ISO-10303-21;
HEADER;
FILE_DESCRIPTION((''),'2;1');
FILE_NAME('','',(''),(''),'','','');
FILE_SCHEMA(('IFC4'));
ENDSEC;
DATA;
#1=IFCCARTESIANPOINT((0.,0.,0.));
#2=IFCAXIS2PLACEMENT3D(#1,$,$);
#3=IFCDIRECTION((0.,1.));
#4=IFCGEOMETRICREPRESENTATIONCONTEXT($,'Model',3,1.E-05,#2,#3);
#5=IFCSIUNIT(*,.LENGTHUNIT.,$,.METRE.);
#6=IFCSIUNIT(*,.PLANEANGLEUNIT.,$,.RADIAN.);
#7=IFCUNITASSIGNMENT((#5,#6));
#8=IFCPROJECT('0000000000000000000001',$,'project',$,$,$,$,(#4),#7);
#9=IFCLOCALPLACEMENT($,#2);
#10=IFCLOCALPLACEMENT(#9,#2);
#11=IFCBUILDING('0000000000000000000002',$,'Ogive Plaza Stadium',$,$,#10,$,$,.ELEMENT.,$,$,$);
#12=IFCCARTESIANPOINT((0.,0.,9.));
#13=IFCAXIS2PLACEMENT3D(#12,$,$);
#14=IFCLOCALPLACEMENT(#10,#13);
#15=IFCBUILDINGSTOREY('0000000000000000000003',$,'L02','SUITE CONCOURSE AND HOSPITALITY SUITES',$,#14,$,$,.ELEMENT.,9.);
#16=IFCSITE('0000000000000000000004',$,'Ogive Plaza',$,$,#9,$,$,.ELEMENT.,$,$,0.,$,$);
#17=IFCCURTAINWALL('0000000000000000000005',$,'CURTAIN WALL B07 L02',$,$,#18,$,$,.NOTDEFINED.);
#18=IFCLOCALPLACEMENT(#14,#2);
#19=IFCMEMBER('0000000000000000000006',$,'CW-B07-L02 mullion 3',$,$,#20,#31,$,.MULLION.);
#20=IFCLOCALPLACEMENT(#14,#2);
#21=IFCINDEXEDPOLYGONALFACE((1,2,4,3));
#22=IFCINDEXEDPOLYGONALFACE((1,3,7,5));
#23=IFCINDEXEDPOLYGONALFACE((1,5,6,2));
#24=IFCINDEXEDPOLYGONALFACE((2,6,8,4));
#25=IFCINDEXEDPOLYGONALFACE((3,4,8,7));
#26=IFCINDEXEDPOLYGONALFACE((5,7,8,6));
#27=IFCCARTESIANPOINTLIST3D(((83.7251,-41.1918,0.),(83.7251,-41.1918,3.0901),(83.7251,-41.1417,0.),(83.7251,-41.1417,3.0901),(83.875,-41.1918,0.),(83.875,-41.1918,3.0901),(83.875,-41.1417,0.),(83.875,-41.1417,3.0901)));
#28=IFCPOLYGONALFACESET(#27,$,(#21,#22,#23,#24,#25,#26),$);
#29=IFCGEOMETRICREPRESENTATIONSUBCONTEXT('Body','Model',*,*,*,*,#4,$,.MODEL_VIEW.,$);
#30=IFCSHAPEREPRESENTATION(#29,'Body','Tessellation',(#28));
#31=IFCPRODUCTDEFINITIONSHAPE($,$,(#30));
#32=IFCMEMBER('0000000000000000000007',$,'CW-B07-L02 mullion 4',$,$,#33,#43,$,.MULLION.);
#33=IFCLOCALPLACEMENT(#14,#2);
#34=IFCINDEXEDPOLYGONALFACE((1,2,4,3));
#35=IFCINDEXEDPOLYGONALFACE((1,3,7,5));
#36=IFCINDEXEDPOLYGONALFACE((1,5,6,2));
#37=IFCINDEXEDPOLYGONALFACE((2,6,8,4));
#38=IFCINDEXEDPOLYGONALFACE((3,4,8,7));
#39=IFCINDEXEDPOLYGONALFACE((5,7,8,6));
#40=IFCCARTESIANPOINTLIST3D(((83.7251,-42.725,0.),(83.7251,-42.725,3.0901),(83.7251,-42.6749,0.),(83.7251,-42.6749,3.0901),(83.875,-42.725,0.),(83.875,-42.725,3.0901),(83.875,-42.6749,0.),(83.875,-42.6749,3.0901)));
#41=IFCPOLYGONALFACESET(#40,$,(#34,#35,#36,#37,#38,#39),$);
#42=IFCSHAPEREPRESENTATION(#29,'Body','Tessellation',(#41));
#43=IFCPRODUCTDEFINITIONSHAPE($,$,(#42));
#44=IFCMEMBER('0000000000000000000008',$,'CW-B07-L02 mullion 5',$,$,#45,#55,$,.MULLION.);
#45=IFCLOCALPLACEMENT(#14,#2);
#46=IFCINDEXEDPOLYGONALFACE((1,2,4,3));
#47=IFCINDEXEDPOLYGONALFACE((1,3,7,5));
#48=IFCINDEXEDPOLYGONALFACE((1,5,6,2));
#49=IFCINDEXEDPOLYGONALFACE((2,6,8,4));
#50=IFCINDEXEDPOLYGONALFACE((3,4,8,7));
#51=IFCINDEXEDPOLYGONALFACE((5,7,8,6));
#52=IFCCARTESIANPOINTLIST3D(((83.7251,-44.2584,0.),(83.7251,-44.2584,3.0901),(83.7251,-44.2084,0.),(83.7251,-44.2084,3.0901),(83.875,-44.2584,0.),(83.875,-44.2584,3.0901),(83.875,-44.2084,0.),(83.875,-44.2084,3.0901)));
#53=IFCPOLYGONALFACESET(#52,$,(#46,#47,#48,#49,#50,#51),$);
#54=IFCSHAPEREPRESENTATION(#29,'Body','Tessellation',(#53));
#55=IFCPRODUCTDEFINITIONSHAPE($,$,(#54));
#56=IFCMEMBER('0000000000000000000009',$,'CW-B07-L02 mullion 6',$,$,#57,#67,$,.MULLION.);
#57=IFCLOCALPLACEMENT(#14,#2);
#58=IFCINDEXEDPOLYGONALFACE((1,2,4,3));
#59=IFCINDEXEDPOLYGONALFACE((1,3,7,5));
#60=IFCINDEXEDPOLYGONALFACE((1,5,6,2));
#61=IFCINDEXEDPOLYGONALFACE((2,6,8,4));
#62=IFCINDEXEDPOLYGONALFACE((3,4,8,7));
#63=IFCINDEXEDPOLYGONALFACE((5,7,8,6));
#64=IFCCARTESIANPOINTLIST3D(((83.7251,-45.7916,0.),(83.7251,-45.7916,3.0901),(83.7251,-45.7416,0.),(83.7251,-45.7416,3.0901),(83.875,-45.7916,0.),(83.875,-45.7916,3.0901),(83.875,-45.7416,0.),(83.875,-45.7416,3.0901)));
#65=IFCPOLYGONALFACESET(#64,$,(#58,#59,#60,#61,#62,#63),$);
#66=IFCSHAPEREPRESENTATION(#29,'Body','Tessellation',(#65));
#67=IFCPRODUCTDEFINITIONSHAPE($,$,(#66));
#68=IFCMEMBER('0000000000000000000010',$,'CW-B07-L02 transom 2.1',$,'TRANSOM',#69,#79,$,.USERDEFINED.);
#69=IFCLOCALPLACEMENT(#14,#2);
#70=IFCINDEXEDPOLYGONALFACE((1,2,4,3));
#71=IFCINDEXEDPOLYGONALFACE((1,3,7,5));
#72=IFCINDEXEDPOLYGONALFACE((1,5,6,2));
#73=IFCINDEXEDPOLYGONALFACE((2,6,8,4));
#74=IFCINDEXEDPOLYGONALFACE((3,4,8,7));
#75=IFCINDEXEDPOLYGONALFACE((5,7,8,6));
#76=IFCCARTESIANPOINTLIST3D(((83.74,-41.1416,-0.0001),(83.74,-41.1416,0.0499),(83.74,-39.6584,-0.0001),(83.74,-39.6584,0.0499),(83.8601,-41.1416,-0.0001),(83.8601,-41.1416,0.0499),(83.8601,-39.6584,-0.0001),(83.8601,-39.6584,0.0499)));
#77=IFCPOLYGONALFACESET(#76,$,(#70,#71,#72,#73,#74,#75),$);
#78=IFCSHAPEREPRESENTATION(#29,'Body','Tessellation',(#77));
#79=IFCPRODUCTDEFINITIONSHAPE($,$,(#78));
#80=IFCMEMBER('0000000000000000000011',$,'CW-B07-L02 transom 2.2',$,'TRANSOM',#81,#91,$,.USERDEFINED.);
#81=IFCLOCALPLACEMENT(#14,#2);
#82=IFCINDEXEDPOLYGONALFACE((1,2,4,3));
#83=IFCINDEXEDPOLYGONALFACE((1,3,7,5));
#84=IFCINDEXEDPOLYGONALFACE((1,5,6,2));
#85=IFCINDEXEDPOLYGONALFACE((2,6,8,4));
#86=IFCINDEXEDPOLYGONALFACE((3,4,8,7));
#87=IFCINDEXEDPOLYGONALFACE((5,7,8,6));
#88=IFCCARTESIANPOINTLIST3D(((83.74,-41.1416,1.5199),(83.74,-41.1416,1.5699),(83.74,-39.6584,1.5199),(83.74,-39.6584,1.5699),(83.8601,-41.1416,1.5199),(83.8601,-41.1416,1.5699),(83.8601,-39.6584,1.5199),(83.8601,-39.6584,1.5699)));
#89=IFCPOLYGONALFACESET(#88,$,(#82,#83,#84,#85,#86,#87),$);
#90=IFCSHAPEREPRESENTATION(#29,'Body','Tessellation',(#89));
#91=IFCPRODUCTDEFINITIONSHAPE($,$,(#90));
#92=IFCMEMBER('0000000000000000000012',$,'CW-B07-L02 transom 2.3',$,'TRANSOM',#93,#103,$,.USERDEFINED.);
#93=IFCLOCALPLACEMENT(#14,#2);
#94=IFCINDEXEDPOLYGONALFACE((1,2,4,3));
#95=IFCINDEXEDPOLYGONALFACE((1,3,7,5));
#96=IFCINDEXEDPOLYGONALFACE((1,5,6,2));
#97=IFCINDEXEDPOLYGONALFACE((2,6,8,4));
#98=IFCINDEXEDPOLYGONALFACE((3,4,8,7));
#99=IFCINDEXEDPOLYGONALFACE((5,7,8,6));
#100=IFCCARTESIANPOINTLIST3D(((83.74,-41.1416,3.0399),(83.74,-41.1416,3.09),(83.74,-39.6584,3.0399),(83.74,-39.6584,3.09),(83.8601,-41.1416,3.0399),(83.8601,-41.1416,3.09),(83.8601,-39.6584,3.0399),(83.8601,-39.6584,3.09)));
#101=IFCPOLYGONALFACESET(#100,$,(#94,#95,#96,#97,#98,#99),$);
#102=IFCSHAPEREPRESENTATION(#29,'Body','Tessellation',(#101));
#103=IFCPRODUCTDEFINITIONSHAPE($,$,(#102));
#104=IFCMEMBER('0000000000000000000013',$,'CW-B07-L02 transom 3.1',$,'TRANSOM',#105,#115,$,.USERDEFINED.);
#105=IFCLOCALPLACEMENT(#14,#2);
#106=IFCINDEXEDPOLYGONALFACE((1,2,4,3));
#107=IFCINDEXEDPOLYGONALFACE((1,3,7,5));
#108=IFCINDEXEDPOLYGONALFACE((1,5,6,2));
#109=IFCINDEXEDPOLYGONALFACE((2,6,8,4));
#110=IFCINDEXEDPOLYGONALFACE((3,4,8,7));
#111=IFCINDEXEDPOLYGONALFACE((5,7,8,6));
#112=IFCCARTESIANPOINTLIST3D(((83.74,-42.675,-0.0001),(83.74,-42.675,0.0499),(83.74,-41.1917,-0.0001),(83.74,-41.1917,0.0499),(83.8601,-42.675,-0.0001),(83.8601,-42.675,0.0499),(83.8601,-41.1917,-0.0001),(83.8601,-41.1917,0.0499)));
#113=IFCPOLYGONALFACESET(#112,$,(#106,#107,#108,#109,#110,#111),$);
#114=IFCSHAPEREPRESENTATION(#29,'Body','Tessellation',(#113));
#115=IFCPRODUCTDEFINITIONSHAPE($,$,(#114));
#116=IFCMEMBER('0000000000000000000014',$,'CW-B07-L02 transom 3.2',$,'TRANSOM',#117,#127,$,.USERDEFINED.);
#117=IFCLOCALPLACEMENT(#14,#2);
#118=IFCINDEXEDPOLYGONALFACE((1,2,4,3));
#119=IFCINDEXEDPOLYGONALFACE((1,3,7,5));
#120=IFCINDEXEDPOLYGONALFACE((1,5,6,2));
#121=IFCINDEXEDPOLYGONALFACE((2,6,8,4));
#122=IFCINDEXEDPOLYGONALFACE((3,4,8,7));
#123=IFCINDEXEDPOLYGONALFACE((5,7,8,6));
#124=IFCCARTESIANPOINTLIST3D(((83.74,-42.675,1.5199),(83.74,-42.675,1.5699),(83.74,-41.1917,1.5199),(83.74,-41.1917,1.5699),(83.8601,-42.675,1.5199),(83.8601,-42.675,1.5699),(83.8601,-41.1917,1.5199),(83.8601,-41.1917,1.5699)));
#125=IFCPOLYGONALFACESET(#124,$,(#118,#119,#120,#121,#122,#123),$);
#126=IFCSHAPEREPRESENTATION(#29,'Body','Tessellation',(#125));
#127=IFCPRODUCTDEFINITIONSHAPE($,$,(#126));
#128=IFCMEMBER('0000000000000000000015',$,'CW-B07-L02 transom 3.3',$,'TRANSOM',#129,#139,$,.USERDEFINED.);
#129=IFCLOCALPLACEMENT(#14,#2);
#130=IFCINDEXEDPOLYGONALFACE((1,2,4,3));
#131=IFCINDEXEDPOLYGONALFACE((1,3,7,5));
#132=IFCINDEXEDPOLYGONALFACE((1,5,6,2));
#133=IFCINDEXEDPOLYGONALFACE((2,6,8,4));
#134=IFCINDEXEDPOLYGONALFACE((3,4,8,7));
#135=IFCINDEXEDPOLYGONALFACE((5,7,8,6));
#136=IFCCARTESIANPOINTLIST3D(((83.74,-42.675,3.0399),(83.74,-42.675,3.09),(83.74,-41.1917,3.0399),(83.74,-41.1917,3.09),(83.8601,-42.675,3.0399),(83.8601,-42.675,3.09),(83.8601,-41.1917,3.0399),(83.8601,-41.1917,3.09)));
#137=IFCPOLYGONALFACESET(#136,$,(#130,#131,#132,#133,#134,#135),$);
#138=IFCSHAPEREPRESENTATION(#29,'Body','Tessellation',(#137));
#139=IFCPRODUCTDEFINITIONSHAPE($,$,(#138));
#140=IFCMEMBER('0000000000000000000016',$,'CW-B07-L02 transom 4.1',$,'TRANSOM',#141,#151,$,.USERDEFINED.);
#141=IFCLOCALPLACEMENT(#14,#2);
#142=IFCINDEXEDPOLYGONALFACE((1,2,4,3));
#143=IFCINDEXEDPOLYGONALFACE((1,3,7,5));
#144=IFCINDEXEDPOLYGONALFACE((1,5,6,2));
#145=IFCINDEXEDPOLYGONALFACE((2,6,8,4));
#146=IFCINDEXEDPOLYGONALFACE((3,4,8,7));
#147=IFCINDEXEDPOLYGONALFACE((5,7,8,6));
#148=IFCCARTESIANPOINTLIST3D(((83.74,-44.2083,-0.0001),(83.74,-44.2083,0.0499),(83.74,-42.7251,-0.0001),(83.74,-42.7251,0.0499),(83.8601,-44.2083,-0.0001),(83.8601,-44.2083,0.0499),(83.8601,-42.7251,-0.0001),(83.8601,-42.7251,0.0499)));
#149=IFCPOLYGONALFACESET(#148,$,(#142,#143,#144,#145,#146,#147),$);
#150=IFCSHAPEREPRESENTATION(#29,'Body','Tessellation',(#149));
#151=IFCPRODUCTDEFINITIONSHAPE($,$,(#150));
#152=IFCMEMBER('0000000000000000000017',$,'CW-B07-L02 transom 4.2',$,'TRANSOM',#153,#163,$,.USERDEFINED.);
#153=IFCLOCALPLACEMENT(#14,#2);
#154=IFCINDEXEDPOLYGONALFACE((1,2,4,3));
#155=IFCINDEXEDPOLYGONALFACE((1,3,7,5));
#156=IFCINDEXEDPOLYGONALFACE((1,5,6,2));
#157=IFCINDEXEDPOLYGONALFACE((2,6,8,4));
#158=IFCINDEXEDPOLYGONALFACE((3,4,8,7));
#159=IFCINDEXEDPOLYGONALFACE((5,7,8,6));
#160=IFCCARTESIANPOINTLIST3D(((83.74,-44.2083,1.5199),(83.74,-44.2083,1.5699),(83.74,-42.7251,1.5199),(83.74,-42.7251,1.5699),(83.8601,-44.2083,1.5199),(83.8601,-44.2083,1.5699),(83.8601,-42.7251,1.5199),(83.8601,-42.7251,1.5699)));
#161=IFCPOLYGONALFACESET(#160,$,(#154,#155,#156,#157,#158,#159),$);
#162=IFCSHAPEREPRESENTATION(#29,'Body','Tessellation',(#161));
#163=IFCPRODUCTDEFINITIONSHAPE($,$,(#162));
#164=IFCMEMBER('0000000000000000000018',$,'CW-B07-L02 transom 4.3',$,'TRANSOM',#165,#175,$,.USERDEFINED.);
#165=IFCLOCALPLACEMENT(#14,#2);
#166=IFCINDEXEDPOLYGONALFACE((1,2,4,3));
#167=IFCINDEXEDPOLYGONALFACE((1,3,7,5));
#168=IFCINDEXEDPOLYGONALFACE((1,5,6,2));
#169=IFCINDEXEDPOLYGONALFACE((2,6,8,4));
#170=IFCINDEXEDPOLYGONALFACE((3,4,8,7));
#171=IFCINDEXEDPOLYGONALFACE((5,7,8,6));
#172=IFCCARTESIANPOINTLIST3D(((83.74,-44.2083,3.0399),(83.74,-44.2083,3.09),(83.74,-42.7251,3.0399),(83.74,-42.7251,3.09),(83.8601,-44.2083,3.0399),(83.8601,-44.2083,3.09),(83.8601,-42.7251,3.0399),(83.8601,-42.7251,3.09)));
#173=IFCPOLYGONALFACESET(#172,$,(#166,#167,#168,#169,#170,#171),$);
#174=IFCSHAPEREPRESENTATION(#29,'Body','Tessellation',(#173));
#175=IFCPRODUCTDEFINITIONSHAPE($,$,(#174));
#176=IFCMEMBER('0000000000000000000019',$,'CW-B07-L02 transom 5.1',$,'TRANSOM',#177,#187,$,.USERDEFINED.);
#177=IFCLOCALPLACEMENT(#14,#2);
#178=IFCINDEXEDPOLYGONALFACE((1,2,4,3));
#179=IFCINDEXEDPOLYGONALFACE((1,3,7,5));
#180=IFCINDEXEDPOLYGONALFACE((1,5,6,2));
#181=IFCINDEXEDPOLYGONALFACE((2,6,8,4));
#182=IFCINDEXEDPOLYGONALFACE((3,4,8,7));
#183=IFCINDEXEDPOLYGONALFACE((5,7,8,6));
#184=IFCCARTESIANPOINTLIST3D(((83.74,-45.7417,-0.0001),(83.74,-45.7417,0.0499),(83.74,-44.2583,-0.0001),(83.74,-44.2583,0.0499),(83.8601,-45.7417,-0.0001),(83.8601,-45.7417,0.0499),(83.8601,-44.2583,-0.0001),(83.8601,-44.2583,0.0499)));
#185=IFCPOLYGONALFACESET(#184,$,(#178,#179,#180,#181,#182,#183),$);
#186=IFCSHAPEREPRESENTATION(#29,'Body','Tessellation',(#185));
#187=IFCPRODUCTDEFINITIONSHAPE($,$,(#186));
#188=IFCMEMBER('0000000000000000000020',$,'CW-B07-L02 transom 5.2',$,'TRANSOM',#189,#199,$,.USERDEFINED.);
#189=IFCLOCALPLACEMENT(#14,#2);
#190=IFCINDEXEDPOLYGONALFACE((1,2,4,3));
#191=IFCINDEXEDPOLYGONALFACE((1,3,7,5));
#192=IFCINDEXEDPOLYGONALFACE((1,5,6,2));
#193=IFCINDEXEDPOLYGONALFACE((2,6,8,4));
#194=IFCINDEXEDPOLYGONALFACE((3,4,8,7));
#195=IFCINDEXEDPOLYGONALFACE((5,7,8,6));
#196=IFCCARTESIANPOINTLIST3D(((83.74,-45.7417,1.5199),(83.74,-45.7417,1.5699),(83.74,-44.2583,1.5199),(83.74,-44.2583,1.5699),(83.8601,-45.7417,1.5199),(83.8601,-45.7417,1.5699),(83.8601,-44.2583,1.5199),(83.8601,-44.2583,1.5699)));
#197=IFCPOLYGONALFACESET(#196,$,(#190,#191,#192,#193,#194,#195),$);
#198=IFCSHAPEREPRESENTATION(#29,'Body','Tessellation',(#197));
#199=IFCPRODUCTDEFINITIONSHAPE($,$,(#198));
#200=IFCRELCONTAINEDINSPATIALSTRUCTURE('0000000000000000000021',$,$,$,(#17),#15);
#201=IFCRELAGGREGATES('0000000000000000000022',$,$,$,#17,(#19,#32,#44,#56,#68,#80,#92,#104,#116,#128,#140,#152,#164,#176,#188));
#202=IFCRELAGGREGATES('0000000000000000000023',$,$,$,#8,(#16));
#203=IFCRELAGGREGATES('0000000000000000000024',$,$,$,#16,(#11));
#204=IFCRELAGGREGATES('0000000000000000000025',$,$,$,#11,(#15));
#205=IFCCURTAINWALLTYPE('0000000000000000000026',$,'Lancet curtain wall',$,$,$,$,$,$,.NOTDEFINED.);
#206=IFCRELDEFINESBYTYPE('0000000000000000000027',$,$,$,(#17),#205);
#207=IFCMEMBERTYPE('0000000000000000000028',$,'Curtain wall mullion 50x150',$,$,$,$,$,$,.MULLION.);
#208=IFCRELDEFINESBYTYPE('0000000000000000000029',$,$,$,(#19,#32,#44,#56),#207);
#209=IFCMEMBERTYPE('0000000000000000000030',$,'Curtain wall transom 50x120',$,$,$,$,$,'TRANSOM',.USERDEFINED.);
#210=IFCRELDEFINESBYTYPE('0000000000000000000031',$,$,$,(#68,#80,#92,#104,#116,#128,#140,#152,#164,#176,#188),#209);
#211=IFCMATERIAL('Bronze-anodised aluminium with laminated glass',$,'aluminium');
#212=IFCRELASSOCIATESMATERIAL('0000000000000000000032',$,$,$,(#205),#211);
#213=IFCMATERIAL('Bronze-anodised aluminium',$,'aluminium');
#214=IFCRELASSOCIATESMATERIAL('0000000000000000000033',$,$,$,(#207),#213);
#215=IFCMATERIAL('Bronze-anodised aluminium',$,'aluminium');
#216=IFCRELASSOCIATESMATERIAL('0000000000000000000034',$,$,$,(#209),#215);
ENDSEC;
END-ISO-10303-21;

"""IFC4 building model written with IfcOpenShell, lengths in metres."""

from ifc_helpers import new_model, si_unit, direction, frame, origin, origin_2d, place, context, subcontext, project, spatial, rectangle, extrude, material, material_profile, profile_set, type_object, element, aggregate, save


model = new_model("IFC4")

# Units and contexts
model_context = context("Model", 3, precision=1e-05, world=origin(), true_north=direction((0.0, 1.0)))
body_context = subcontext(model_context, "Body", "Model", "MODEL_VIEW")
ifc_project = project(units=[si_unit("LENGTHUNIT", "METRE"), si_unit("PLANEANGLEUNIT", "RADIAN")], contexts=[model_context])

# Site, building, storey
site_placement = place(None, origin())
site = spatial("IfcSite", under=ifc_project, at=site_placement, Name="Ogive Plaza", CompositionType="ELEMENT", RefElevation=0.0)
building_placement = place(site_placement, origin())
building = spatial("IfcBuilding", under=site, at=building_placement, Name="Ogive Plaza Stadium", CompositionType="ELEMENT")
storey_placement = place(building_placement, frame((0.0, 0.0, 9.0)))
storey = spatial("IfcBuildingStorey", under=building, at=storey_placement, Name="L02", Description="SUITE CONCOURSE AND HOSPITALITY SUITES", CompositionType="ELEMENT", Elevation=9.0)

# Curtain wall, members
ifc_material_1 = material(Name="Bronze-anodised aluminium with laminated glass", Category="aluminium")
curtain_wall_type = type_object("IfcCurtainWallType", Name="Lancet curtain wall", PredefinedType="NOTDEFINED", material=ifc_material_1)
curtain_wall_placement = place(storey_placement, origin())
curtain_wall = element("IfcCurtainWall", 1, at=curtain_wall_placement, inside=storey, type_object=curtain_wall_type, Name="CURTAIN WALL B07 L02", PredefinedType="NOTDEFINED")
ifc_material_2 = material(Name="Bronze-anodised aluminium", Category="aluminium")
ifc_material_profile_1 = material_profile(ifc_material_2, rectangle(XDim=0.1499, YDim=0.05, at=origin_2d()), Name="AL 150x50")
ifc_profile_set_1 = profile_set([ifc_material_profile_1], Name="Bronze-anodised aluminium")
member_type_1 = type_object("IfcMemberType", Name="Curtain wall mullion 50x150", PredefinedType="MULLION", material=ifc_profile_set_1)
member_1_placement = place(storey_placement, frame((83.8, -41.1667, 0.0), z_axis=(0.0, 0.0, 1.0), x_axis=(1.0, 0.0, 0.0)))
member_1 = element("IfcMember", 2, at=member_1_placement, type_object=member_type_1, Name="CW-B07-L02 mullion 3", PredefinedType="MULLION", context=body_context, shape_type="SweptSolid", body=[
    extrude(rectangle(XDim=0.1499, YDim=0.05, at=origin_2d()), origin(), (0.0, 0.0, 1.0), 3.0901),
])
member_2_placement = place(storey_placement, frame((83.8, -42.7, 0.0), z_axis=(0.0, 0.0, 1.0), x_axis=(1.0, 0.0, 0.0)))
member_2 = element("IfcMember", 3, at=member_2_placement, type_object=member_type_1, Name="CW-B07-L02 mullion 4", PredefinedType="MULLION", context=body_context, shape_type="SweptSolid", body=[
    extrude(rectangle(XDim=0.1499, YDim=0.05, at=origin_2d()), origin(), (0.0, 0.0, 1.0), 3.0901),
])
member_3_placement = place(storey_placement, frame((83.8, -44.2334, 0.0), z_axis=(0.0, 0.0, 1.0), x_axis=(1.0, 0.0, 0.0)))
member_3 = element("IfcMember", 4, at=member_3_placement, type_object=member_type_1, Name="CW-B07-L02 mullion 5", PredefinedType="MULLION", context=body_context, shape_type="SweptSolid", body=[
    extrude(rectangle(XDim=0.1499, YDim=0.05, at=origin_2d()), origin(), (0.0, 0.0, 1.0), 3.0901),
])
member_4_placement = place(storey_placement, frame((83.8, -45.7666, 0.0), z_axis=(0.0, 0.0, 1.0), x_axis=(1.0, 0.0, 0.0)))
member_4 = element("IfcMember", 5, at=member_4_placement, type_object=member_type_1, Name="CW-B07-L02 mullion 6", PredefinedType="MULLION", context=body_context, shape_type="SweptSolid", body=[
    extrude(rectangle(XDim=0.1499, YDim=0.05, at=origin_2d()), origin(), (0.0, 0.0, 1.0), 3.0901),
])
ifc_material_3 = material(Name="Bronze-anodised aluminium", Category="aluminium")
ifc_material_profile_2 = material_profile(ifc_material_3, rectangle(XDim=0.1201, YDim=0.05, at=origin_2d()), Name="AL 120x50")
ifc_profile_set_2 = profile_set([ifc_material_profile_2], Name="Bronze-anodised aluminium")
member_type_2 = type_object("IfcMemberType", Name="Curtain wall transom 50x120", ElementType="TRANSOM", PredefinedType="USERDEFINED", material=ifc_profile_set_2)
member_5_placement = place(storey_placement, frame((83.8, -39.6584, 0.0249), z_axis=(0.0, -1.0, 0.0), x_axis=(1.0, 0.0, 0.0)))
member_5 = element("IfcMember", 6, at=member_5_placement, type_object=member_type_2, Name="CW-B07-L02 transom 2.1", ObjectType="TRANSOM", PredefinedType="USERDEFINED", context=body_context, shape_type="SweptSolid", body=[
    extrude(rectangle(XDim=0.1201, YDim=0.05, at=origin_2d()), origin(), (0.0, 0.0, 1.0), 1.4832),
])
member_6_placement = place(storey_placement, frame((83.8, -39.6584, 1.5449), z_axis=(0.0, -1.0, 0.0), x_axis=(1.0, 0.0, 0.0)))
member_6 = element("IfcMember", 7, at=member_6_placement, type_object=member_type_2, Name="CW-B07-L02 transom 2.2", ObjectType="TRANSOM", PredefinedType="USERDEFINED", context=body_context, shape_type="SweptSolid", body=[
    extrude(rectangle(XDim=0.1201, YDim=0.05, at=origin_2d()), origin(), (0.0, 0.0, 1.0), 1.4832),
])
member_7_placement = place(storey_placement, frame((83.8, -39.6584, 3.0649), z_axis=(0.0, -1.0, 0.0), x_axis=(1.0, 0.0, 0.0)))
member_7 = element("IfcMember", 8, at=member_7_placement, type_object=member_type_2, Name="CW-B07-L02 transom 2.3", ObjectType="TRANSOM", PredefinedType="USERDEFINED", context=body_context, shape_type="SweptSolid", body=[
    extrude(rectangle(XDim=0.1201, YDim=0.05, at=origin_2d()), origin(), (0.0, 0.0, 1.0), 1.4832),
])
member_8_placement = place(storey_placement, frame((83.8, -41.1917, 0.0249), z_axis=(0.0, -1.0, 0.0), x_axis=(1.0, 0.0, 0.0)))
member_8 = element("IfcMember", 9, at=member_8_placement, type_object=member_type_2, Name="CW-B07-L02 transom 3.1", ObjectType="TRANSOM", PredefinedType="USERDEFINED", context=body_context, shape_type="SweptSolid", body=[
    extrude(rectangle(XDim=0.1201, YDim=0.05, at=origin_2d()), origin(), (0.0, 0.0, 1.0), 1.4834),
])
member_9_placement = place(storey_placement, frame((83.8, -41.1917, 1.5449), z_axis=(0.0, -1.0, 0.0), x_axis=(1.0, 0.0, 0.0)))
member_9 = element("IfcMember", 10, at=member_9_placement, type_object=member_type_2, Name="CW-B07-L02 transom 3.2", ObjectType="TRANSOM", PredefinedType="USERDEFINED", context=body_context, shape_type="SweptSolid", body=[
    extrude(rectangle(XDim=0.1201, YDim=0.05, at=origin_2d()), origin(), (0.0, 0.0, 1.0), 1.4834),
])
member_10_placement = place(storey_placement, frame((83.8, -41.1917, 3.0649), z_axis=(0.0, -1.0, 0.0), x_axis=(1.0, 0.0, 0.0)))
member_10 = element("IfcMember", 11, at=member_10_placement, type_object=member_type_2, Name="CW-B07-L02 transom 3.3", ObjectType="TRANSOM", PredefinedType="USERDEFINED", context=body_context, shape_type="SweptSolid", body=[
    extrude(rectangle(XDim=0.1201, YDim=0.05, at=origin_2d()), origin(), (0.0, 0.0, 1.0), 1.4834),
])
member_11_placement = place(storey_placement, frame((83.8, -42.7251, 0.0249), z_axis=(0.0, -1.0, 0.0), x_axis=(1.0, 0.0, 0.0)))
member_11 = element("IfcMember", 12, at=member_11_placement, type_object=member_type_2, Name="CW-B07-L02 transom 4.1", ObjectType="TRANSOM", PredefinedType="USERDEFINED", context=body_context, shape_type="SweptSolid", body=[
    extrude(rectangle(XDim=0.1201, YDim=0.05, at=origin_2d()), origin(), (0.0, 0.0, 1.0), 1.4832),
])
member_12_placement = place(storey_placement, frame((83.8, -42.7251, 1.5449), z_axis=(0.0, -1.0, 0.0), x_axis=(1.0, 0.0, 0.0)))
member_12 = element("IfcMember", 13, at=member_12_placement, type_object=member_type_2, Name="CW-B07-L02 transom 4.2", ObjectType="TRANSOM", PredefinedType="USERDEFINED", context=body_context, shape_type="SweptSolid", body=[
    extrude(rectangle(XDim=0.1201, YDim=0.05, at=origin_2d()), origin(), (0.0, 0.0, 1.0), 1.4832),
])
member_13_placement = place(storey_placement, frame((83.8, -42.7251, 3.0649), z_axis=(0.0, -1.0, 0.0), x_axis=(1.0, 0.0, 0.0)))
member_13 = element("IfcMember", 14, at=member_13_placement, type_object=member_type_2, Name="CW-B07-L02 transom 4.3", ObjectType="TRANSOM", PredefinedType="USERDEFINED", context=body_context, shape_type="SweptSolid", body=[
    extrude(rectangle(XDim=0.1201, YDim=0.05, at=origin_2d()), origin(), (0.0, 0.0, 1.0), 1.4832),
])
member_14_placement = place(storey_placement, frame((83.8, -44.2583, 0.0249), z_axis=(0.0, -1.0, 0.0), x_axis=(1.0, 0.0, 0.0)))
member_14 = element("IfcMember", 15, at=member_14_placement, type_object=member_type_2, Name="CW-B07-L02 transom 5.1", ObjectType="TRANSOM", PredefinedType="USERDEFINED", context=body_context, shape_type="SweptSolid", body=[
    extrude(rectangle(XDim=0.1201, YDim=0.05, at=origin_2d()), origin(), (0.0, 0.0, 1.0), 1.4834),
])
member_15_placement = place(storey_placement, frame((83.8, -44.2583, 1.5449), z_axis=(0.0, -1.0, 0.0), x_axis=(1.0, 0.0, 0.0)))
member_15 = element("IfcMember", 16, at=member_15_placement, type_object=member_type_2, Name="CW-B07-L02 transom 5.2", ObjectType="TRANSOM", PredefinedType="USERDEFINED", context=body_context, shape_type="SweptSolid", body=[
    extrude(rectangle(XDim=0.1201, YDim=0.05, at=origin_2d()), origin(), (0.0, 0.0, 1.0), 1.4834),
])
aggregate(curtain_wall, [member_1, member_2, member_3, member_4, member_5, member_6, member_7, member_8, member_9, member_10, member_11, member_12, member_13, member_14, member_15])

save(model, "model.ifc")
